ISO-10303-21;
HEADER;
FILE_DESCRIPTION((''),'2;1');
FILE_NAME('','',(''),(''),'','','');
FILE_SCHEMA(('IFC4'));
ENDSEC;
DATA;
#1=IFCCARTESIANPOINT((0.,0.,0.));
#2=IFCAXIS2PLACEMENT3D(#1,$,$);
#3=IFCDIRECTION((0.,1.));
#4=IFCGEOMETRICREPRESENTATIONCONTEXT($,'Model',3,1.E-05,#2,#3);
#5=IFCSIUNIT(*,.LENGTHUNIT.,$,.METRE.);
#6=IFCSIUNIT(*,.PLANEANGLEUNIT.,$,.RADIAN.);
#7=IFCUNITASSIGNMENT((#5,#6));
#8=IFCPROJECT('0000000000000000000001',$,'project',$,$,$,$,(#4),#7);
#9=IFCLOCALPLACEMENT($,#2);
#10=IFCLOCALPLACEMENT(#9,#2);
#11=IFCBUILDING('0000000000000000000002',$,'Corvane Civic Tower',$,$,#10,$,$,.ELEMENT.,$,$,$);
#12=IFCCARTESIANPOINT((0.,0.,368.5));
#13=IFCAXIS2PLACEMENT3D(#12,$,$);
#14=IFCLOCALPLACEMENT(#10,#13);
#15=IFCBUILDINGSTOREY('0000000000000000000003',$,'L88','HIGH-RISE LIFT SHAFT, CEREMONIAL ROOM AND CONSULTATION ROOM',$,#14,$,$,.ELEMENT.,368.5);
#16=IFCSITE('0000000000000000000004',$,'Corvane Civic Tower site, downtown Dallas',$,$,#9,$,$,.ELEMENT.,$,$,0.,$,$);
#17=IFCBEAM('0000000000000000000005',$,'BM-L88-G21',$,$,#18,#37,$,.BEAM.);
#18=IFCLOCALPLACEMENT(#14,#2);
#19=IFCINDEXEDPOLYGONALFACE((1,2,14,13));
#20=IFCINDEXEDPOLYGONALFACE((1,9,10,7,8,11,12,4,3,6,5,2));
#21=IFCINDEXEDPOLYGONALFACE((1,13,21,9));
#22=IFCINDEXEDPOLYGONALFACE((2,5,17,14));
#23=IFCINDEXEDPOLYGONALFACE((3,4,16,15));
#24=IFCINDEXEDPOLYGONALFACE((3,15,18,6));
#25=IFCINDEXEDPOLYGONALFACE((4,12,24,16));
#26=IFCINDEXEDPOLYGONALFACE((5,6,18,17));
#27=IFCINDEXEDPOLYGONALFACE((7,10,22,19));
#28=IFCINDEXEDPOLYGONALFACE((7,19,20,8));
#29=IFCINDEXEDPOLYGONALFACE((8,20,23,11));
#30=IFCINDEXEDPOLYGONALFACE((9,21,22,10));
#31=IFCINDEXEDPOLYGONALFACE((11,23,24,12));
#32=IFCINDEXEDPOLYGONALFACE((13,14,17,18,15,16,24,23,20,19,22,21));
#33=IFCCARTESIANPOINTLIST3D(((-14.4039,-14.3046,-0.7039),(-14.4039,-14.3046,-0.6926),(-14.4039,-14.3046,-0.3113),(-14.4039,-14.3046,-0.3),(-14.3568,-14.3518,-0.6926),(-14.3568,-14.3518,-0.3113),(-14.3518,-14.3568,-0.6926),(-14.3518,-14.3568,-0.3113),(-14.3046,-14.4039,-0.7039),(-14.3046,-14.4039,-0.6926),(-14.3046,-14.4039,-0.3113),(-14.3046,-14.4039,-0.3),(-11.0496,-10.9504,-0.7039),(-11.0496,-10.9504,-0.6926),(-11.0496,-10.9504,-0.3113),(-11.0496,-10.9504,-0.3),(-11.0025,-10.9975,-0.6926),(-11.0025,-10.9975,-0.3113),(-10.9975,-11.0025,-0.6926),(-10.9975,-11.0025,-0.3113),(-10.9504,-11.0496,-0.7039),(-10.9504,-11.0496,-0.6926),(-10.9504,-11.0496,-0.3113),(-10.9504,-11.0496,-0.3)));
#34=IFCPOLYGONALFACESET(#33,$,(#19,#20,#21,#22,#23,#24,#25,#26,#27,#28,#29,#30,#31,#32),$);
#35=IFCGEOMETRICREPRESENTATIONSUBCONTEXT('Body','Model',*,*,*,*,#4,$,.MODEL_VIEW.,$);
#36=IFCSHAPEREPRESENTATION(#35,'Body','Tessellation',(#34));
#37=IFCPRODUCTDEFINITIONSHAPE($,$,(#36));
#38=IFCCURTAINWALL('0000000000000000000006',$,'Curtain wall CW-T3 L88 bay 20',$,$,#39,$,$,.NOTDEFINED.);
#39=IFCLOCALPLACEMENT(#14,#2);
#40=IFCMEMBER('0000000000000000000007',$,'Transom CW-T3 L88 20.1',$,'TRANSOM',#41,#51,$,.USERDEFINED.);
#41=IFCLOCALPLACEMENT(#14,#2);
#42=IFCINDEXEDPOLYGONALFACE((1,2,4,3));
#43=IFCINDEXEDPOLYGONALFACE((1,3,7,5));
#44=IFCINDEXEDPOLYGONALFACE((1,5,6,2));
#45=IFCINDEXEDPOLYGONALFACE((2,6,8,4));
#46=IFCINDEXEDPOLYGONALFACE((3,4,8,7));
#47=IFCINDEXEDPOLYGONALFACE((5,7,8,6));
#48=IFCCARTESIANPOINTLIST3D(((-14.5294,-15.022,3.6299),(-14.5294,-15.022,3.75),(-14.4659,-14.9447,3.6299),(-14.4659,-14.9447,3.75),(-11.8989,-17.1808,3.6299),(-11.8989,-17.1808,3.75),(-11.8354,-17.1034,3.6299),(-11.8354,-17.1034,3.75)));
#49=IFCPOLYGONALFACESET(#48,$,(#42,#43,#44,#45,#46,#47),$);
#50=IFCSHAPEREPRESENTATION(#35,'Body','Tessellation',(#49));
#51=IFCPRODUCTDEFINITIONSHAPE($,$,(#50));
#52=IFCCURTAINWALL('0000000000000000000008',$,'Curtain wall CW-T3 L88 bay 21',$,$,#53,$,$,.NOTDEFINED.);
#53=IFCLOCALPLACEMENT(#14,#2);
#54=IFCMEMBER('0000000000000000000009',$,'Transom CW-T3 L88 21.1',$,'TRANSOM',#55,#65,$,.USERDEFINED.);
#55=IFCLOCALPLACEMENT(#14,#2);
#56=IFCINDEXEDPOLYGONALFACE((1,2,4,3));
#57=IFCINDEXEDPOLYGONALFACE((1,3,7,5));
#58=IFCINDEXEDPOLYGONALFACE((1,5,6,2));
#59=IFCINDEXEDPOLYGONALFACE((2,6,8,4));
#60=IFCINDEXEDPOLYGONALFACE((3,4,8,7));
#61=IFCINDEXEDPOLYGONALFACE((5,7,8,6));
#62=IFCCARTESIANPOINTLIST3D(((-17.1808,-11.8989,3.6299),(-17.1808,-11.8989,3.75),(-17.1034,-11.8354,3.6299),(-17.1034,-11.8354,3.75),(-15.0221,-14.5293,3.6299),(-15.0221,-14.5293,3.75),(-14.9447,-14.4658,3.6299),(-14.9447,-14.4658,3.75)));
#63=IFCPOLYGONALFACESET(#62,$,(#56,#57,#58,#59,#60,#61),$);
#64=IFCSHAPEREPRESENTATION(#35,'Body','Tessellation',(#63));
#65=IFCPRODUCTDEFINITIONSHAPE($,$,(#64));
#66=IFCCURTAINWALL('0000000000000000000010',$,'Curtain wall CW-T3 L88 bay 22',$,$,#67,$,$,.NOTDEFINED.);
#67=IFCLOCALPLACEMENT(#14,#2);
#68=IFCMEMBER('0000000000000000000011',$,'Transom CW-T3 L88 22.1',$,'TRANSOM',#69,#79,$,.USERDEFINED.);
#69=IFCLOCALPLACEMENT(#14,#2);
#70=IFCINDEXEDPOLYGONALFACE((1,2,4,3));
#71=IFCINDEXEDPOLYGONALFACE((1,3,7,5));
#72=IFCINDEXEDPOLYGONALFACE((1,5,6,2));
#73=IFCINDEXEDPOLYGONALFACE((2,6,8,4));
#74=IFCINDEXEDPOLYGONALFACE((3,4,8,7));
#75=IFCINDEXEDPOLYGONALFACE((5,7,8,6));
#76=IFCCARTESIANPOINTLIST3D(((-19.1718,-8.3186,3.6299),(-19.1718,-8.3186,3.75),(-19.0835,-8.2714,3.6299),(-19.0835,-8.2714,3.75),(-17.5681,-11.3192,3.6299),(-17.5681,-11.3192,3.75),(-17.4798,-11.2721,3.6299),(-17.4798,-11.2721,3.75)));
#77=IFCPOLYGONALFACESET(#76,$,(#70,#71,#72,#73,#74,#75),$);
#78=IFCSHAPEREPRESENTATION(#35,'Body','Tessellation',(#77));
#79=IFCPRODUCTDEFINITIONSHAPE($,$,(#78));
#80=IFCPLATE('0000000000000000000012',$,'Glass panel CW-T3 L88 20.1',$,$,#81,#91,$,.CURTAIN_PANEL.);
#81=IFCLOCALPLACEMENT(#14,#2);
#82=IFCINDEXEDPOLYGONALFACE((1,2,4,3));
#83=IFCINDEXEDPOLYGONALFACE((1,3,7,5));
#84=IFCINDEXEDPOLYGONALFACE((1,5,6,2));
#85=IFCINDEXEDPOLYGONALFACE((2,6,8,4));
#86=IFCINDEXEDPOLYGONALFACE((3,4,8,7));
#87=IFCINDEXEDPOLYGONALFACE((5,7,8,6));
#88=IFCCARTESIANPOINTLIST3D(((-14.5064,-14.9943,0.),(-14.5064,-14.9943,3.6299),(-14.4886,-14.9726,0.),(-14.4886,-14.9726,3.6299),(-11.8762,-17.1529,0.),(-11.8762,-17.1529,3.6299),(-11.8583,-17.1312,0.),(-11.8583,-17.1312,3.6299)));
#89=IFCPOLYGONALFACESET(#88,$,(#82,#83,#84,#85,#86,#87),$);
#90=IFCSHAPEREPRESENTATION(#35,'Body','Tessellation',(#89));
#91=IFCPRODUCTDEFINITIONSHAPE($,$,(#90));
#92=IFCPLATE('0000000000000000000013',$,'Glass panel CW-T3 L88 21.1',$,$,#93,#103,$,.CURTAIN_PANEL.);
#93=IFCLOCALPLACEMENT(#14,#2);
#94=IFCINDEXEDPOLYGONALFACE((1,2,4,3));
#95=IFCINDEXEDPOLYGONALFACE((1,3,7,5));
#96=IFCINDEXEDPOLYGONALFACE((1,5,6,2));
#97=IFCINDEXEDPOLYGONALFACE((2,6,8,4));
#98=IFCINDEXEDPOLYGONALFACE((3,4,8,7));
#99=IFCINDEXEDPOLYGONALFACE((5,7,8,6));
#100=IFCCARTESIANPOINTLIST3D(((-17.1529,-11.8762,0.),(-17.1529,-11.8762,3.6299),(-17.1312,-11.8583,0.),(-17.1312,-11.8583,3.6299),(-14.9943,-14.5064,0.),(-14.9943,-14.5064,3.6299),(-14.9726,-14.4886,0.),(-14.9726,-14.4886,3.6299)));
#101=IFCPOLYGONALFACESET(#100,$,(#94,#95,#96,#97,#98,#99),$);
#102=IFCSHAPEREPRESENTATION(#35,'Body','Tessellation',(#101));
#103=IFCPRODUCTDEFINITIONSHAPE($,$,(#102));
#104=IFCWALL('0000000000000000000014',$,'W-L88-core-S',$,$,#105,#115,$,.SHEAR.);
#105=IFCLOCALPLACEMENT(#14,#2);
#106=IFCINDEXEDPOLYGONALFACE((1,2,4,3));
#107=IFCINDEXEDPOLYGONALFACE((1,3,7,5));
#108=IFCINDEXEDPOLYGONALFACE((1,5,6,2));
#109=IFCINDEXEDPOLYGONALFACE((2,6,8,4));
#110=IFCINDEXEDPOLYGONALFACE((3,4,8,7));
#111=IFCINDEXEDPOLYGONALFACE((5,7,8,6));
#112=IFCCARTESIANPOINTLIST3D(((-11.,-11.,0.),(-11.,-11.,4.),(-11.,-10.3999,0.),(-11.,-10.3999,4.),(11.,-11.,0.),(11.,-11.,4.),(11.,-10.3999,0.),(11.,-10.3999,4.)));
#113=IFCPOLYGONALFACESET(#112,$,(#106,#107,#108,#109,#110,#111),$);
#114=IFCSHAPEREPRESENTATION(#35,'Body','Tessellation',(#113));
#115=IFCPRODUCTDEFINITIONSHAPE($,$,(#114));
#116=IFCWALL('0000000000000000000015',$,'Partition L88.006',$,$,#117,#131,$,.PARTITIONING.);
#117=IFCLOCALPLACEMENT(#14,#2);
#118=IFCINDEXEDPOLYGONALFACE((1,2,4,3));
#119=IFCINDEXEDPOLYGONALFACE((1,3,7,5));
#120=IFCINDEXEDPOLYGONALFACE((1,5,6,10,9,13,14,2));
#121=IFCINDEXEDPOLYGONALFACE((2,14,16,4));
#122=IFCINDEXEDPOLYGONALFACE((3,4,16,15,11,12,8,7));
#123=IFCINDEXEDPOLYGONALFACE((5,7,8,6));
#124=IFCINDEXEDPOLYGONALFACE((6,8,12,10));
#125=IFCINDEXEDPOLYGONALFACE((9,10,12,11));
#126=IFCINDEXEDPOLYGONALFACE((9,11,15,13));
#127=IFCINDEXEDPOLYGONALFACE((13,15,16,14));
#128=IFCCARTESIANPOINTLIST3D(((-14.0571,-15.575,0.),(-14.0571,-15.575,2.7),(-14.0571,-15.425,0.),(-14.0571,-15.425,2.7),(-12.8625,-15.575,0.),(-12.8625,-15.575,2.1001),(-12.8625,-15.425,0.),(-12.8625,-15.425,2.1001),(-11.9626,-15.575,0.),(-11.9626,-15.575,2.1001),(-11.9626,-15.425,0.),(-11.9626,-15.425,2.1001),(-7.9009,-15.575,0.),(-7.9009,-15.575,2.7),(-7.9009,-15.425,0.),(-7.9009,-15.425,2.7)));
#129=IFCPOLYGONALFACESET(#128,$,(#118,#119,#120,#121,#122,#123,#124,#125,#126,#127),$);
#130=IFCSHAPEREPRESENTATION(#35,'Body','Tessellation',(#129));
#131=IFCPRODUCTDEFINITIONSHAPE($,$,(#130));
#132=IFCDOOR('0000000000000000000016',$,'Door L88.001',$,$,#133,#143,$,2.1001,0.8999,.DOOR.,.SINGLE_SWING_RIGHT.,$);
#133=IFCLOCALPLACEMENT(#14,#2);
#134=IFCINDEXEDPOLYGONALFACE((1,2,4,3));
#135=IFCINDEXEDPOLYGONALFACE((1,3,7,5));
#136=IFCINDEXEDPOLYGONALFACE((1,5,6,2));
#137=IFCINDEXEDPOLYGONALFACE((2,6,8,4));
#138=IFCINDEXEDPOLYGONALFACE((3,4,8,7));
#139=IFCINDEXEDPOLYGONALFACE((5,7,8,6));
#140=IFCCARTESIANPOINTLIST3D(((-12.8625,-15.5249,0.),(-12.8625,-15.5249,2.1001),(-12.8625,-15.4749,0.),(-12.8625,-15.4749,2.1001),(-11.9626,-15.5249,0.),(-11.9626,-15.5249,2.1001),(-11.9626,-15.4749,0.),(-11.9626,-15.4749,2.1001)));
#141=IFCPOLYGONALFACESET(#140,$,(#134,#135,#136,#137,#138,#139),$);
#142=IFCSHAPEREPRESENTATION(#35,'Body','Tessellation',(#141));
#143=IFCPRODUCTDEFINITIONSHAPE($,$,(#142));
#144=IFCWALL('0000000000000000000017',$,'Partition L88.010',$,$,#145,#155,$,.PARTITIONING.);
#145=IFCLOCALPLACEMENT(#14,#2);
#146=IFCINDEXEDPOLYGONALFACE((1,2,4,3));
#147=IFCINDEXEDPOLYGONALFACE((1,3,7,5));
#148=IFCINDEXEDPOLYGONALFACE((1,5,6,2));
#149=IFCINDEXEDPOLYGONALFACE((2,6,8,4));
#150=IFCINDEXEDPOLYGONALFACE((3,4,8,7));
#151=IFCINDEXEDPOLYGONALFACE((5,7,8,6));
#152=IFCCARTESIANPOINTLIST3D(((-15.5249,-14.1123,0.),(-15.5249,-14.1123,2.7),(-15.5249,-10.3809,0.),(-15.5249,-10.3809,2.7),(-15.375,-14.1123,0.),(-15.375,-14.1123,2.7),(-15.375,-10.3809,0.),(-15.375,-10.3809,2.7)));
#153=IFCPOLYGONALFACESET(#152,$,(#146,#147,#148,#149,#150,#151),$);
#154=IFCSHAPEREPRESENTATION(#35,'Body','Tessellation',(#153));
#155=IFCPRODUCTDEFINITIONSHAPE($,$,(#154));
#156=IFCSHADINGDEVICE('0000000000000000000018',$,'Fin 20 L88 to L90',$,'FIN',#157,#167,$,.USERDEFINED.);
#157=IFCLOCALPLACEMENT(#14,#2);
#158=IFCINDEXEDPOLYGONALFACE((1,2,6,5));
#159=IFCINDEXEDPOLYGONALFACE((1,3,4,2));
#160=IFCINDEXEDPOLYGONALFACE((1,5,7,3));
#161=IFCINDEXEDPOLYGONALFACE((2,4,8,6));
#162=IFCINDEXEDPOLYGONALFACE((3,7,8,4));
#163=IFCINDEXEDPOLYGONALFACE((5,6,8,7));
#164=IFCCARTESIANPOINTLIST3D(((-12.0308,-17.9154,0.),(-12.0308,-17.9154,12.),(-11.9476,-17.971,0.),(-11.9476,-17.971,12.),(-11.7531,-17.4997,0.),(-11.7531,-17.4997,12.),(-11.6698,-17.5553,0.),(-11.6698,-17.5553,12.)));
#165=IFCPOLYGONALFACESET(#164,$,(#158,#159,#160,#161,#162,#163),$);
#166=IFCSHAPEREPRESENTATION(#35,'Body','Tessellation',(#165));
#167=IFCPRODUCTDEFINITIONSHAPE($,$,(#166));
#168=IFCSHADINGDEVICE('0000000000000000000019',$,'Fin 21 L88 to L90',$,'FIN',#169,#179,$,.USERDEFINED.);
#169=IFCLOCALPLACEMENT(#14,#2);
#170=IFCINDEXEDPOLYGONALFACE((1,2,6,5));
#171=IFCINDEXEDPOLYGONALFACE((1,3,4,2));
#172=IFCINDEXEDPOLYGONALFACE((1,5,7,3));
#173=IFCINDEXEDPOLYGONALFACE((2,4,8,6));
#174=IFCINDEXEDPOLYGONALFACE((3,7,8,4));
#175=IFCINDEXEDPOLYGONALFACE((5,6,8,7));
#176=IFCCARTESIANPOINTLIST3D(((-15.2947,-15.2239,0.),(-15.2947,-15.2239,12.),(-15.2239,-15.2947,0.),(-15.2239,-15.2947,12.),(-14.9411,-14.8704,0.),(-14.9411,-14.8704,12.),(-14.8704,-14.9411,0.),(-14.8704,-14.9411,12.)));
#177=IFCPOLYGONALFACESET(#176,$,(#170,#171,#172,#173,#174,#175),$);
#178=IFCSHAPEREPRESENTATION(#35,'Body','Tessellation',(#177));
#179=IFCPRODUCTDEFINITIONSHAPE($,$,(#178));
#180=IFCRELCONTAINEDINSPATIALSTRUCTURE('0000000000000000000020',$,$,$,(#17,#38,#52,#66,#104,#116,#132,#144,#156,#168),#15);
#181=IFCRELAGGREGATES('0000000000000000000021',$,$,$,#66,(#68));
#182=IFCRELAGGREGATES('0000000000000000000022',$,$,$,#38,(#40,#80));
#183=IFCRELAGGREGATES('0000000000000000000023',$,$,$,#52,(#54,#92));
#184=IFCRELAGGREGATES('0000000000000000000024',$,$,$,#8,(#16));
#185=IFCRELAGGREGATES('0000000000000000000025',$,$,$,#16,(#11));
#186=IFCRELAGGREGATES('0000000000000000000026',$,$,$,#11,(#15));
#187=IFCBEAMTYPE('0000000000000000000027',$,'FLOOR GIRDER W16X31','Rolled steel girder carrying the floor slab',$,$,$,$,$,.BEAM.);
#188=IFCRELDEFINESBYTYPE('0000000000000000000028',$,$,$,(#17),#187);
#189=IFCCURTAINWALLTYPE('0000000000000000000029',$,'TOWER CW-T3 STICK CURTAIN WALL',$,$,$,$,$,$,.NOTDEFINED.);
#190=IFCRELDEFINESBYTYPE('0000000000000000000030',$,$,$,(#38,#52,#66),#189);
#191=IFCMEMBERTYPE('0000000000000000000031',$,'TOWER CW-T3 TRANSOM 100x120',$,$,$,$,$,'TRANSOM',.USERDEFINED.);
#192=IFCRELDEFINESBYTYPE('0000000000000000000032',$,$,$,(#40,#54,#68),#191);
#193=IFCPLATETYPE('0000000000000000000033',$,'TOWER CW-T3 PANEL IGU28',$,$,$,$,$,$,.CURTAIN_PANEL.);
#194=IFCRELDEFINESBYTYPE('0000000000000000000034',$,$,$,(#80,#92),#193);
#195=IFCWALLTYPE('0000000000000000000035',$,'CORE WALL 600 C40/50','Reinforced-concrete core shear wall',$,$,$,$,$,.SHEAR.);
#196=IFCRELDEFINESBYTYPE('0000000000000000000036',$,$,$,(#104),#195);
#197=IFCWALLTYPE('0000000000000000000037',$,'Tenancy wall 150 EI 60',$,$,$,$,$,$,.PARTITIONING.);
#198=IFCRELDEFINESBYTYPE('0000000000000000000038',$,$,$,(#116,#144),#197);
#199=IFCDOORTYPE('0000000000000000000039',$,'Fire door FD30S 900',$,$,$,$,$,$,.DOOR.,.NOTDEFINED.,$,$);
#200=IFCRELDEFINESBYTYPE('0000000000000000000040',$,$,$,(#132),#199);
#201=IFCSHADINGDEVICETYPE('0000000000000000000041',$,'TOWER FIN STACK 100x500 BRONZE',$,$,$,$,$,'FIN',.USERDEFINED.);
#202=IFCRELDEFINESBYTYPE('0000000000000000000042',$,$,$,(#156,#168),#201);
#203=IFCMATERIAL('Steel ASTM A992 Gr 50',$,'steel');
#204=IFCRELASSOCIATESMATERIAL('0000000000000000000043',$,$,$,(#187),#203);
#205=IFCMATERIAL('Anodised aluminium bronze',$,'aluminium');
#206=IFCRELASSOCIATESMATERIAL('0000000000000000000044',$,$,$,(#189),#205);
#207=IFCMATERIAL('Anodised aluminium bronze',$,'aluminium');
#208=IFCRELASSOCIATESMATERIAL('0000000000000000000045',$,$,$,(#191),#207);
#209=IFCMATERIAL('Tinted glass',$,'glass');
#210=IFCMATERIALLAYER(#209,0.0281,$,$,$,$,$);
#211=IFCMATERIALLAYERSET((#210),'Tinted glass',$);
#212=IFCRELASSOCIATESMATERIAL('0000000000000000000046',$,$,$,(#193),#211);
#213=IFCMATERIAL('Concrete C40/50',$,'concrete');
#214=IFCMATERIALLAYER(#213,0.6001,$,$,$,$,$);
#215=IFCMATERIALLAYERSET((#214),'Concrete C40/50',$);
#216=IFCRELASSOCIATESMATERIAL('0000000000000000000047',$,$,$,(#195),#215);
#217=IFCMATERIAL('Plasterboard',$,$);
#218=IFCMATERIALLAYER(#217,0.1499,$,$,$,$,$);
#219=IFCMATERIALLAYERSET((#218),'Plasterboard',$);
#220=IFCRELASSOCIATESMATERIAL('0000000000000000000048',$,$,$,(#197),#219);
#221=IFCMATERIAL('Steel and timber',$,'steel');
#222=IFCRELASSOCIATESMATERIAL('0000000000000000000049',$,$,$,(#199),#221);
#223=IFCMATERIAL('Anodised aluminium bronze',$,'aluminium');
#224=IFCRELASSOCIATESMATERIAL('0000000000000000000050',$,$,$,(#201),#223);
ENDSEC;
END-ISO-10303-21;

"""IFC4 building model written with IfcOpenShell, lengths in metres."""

from ifc_helpers import new_model, si_unit, direction, frame, frame_2d, origin, origin_2d, place, context, subcontext, project, spatial, rectangle, i_section, extrude, material, layer, layer_set, material_profile, profile_set, type_object, element, fill, aggregate, save


model = new_model("IFC4")

# Units and contexts
model_context = context("Model", 3, precision=1e-05, world=origin(), true_north=direction((0.0, 1.0)))
body_context = subcontext(model_context, "Body", "Model", "MODEL_VIEW")
ifc_project = project(units=[si_unit("LENGTHUNIT", "METRE"), si_unit("PLANEANGLEUNIT", "RADIAN")], contexts=[model_context])

# Site, building, storey
site_placement = place(None, origin())
site = spatial("IfcSite", under=ifc_project, at=site_placement, Name="Corvane Civic Tower site, downtown Dallas", CompositionType="ELEMENT", RefElevation=0.0)
building_placement = place(site_placement, origin())
building = spatial("IfcBuilding", under=site, at=building_placement, Name="Corvane Civic Tower", CompositionType="ELEMENT")
storey_placement = place(building_placement, frame((0.0, 0.0, 368.5)))
storey = spatial("IfcBuildingStorey", under=building, at=storey_placement, Name="L88", Description="HIGH-RISE LIFT SHAFT, CEREMONIAL ROOM AND CONSULTATION ROOM", CompositionType="ELEMENT", Elevation=368.5)

# Beam
ifc_material_1 = material(Name="Steel ASTM A992 Gr 50", Category="steel")
ifc_material_profile_1 = material_profile(ifc_material_1, i_section(OverallWidth=0.1404, OverallDepth=0.4038, WebThickness=0.0071, FlangeThickness=0.0112, at=origin_2d()), Name="W16X31")
ifc_profile_set_1 = profile_set([ifc_material_profile_1], Name="Steel ASTM A992 Gr 50")
beam_type_1 = type_object("IfcBeamType", Name="FLOOR GIRDER W16X31", Description="Rolled steel girder carrying the floor slab", PredefinedType="BEAM", material=ifc_profile_set_1)
beam_placement = place(storey_placement, frame((-11.0, -11.0, -0.502), z_axis=(-0.707107, -0.707107, 0.0), x_axis=(0.707107, -0.707107, 0.0)))
element("IfcBeam", 1, at=beam_placement, inside=storey, type_object=beam_type_1, Name="BM-L88-G21", PredefinedType="BEAM", context=body_context, shape_type="SweptSolid", body=[
    extrude(i_section(OverallWidth=0.1404, OverallDepth=0.4038, WebThickness=0.0071, FlangeThickness=0.0112, at=origin_2d()), origin(), (0.0, 0.0, 1.0), 4.7437),
])

# Curtain walls, members
ifc_material_2 = material(Name="Anodised aluminium bronze", Category="aluminium")
curtain_wall_type = type_object("IfcCurtainWallType", Name="TOWER CW-T3 STICK CURTAIN WALL", PredefinedType="NOTDEFINED", material=ifc_material_2)
curtain_wall_1_placement = place(storey_placement, origin())
curtain_wall_1 = element("IfcCurtainWall", 2, at=curtain_wall_1_placement, inside=storey, type_object=curtain_wall_type, Name="Curtain wall CW-T3 L88 bay 20", PredefinedType="NOTDEFINED")
ifc_material_3 = material(Name="Anodised aluminium bronze", Category="aluminium")
ifc_material_profile_2 = material_profile(ifc_material_3, rectangle(XDim=0.1001, YDim=0.1201, at=origin_2d()), Name="TOWER CW-T3 TRANSOM 100x120")
ifc_profile_set_2 = profile_set([ifc_material_profile_2], Name="Anodised aluminium bronze")
member_type = type_object("IfcMemberType", Name="TOWER CW-T3 TRANSOM 100x120", ElementType="TRANSOM", PredefinedType="USERDEFINED", material=ifc_profile_set_2)
member_1_placement = place(storey_placement, frame((-11.8672, -17.1421, 3.6899), z_axis=(-0.77301, 0.634394, 0.0), x_axis=(-0.634394, -0.77301, 0.0)))
member_1 = element("IfcMember", 3, at=member_1_placement, type_object=member_type, Name="Transom CW-T3 L88 20.1", ObjectType="TRANSOM", PredefinedType="USERDEFINED", context=body_context, shape_type="SweptSolid", body=[
    extrude(rectangle(XDim=0.1001, YDim=0.1201, at=origin_2d()), origin(), (0.0, 0.0, 1.0), 3.4028),
])
curtain_wall_2_placement = place(storey_placement, origin())
curtain_wall_2 = element("IfcCurtainWall", 4, at=curtain_wall_2_placement, inside=storey, type_object=curtain_wall_type, Name="Curtain wall CW-T3 L88 bay 21", PredefinedType="NOTDEFINED")
member_2_placement = place(storey_placement, frame((-14.9834, -14.4976, 3.6899), z_axis=(-0.634394, 0.77301, 0.0), x_axis=(-0.77301, -0.634394, 0.0)))
member_2 = element("IfcMember", 5, at=member_2_placement, type_object=member_type, Name="Transom CW-T3 L88 21.1", ObjectType="TRANSOM", PredefinedType="USERDEFINED", context=body_context, shape_type="SweptSolid", body=[
    extrude(rectangle(XDim=0.1001, YDim=0.1201, at=origin_2d()), origin(), (0.0, 0.0, 1.0), 3.4028),
])
curtain_wall_3_placement = place(storey_placement, origin())
curtain_wall_3 = element("IfcCurtainWall", 6, at=curtain_wall_3_placement, inside=storey, type_object=curtain_wall_type, Name="Curtain wall CW-T3 L88 bay 22", PredefinedType="NOTDEFINED")
member_3_placement = place(storey_placement, frame((-17.5239, -11.2957, 3.6899), z_axis=(-0.471359, 0.881941, 0.0), x_axis=(-0.881941, -0.471359, 0.0)))
member_3 = element("IfcMember", 7, at=member_3_placement, type_object=member_type, Name="Transom CW-T3 L88 22.1", ObjectType="TRANSOM", PredefinedType="USERDEFINED", context=body_context, shape_type="SweptSolid", body=[
    extrude(rectangle(XDim=0.1001, YDim=0.1201, at=origin_2d()), origin(), (0.0, 0.0, 1.0), 3.4023),
])
aggregate(curtain_wall_3, [member_3])

# Plates
ifc_material_4 = material(Name="Tinted glass", Category="glass")
ifc_layer_1 = layer(ifc_material_4, 0.0281)
ifc_layer_set_1 = layer_set([ifc_layer_1], Name="Tinted glass")
plate_type = type_object("IfcPlateType", Name="TOWER CW-T3 PANEL IGU28", PredefinedType="CURTAIN_PANEL", material=ifc_layer_set_1)
plate_1_placement = place(storey_placement, frame((-13.1824, -16.0627, 0.0), z_axis=(0.0, 0.0, 1.0), x_axis=(-0.77301, 0.634393, 0.0)))
plate_1 = element("IfcPlate", 8, at=plate_1_placement, type_object=plate_type, Name="Glass panel CW-T3 L88 20.1", PredefinedType="CURTAIN_PANEL", context=body_context, shape_type="SweptSolid", body=[
    extrude(rectangle(XDim=3.4026, YDim=0.0281, at=origin_2d()), origin(), (0.0, 0.0, 1.0), 3.6299),
])
aggregate(curtain_wall_1, [member_1, plate_1])
plate_2_placement = place(storey_placement, frame((-16.0627, -13.1824, 0.0), z_axis=(0.0, 0.0, 1.0), x_axis=(-0.634393, 0.77301, 0.0)))
plate_2 = element("IfcPlate", 9, at=plate_2_placement, type_object=plate_type, Name="Glass panel CW-T3 L88 21.1", PredefinedType="CURTAIN_PANEL", context=body_context, shape_type="SweptSolid", body=[
    extrude(rectangle(XDim=3.4026, YDim=0.0281, at=origin_2d()), origin(), (0.0, 0.0, 1.0), 3.6299),
])
aggregate(curtain_wall_2, [member_2, plate_2])

# Wall
ifc_material_5 = material(Name="Concrete C40/50", Category="concrete")
ifc_layer_2 = layer(ifc_material_5, 0.6001)
ifc_layer_set_2 = layer_set([ifc_layer_2], Name="Concrete C40/50")
wall_type_1 = type_object("IfcWallType", Name="CORE WALL 600 C40/50", Description="Reinforced-concrete core shear wall", PredefinedType="SHEAR", material=ifc_layer_set_2)
wall_1_placement = place(storey_placement, frame((-11.0, -10.7, 0.0), z_axis=(0.0, 0.0, 1.0), x_axis=(1.0, 0.0, 0.0)))
element("IfcWall", 10, at=wall_1_placement, inside=storey, type_object=wall_type_1, Name="W-L88-core-S", PredefinedType="SHEAR", context=body_context, shape_type="SweptSolid", body=[
    extrude(rectangle(XDim=22.0, YDim=0.6001, at=frame_2d((11.0, 0.0))), origin(), (0.0, 0.0, 1.0), 4.0),
])

# Wall, opening, door
ifc_material_6 = material(Name="Plasterboard")
ifc_layer_3 = layer(ifc_material_6, 0.1499)
ifc_layer_set_3 = layer_set([ifc_layer_3], Name="Plasterboard")
wall_type_2 = type_object("IfcWallType", Name="Tenancy wall 150 EI 60", PredefinedType="PARTITIONING", material=ifc_layer_set_3)
wall_2_placement = place(storey_placement, frame((-14.0571, -15.5, 0.0), z_axis=(0.0, 0.0, 1.0), x_axis=(1.0, 0.0, 0.0)))
wall_2 = element("IfcWall", 11, at=wall_2_placement, inside=storey, type_object=wall_type_2, Name="Partition L88.006", PredefinedType="PARTITIONING", context=body_context, shape_type="SweptSolid", body=[
    extrude(rectangle(XDim=6.1562, YDim=0.1499, at=frame_2d((3.0781, 0.0))), origin(), (0.0, 0.0, 1.0), 2.7),
])
opening_placement = place(wall_2_placement, frame((1.1946, 0.0, 0.0)))
opening = element("IfcOpeningElement", 12, at=opening_placement, cuts=wall_2, PredefinedType="OPENING", context=body_context, shape_type="SweptSolid", body=[
    extrude(rectangle(XDim=0.8999, YDim=2.1001, at=frame_2d((0.45, 1.05))), frame((0.0, 0.085, 0.0), z_axis=(0.0, -1.0, 0.0), x_axis=(1.0, 0.0, 0.0)), (0.0, 0.0, 1.0), 0.1699),
])
ifc_material_7 = material(Name="Steel and timber", Category="steel")
door_type = type_object("IfcDoorType", Name="Fire door FD30S 900", OperationType="NOTDEFINED", PredefinedType="DOOR", material=ifc_material_7)
door_placement = place(opening_placement, frame((0.8999, 0.0, 0.0), z_axis=(0.0, 0.0, 1.0), x_axis=(-1.0, 0.0, 0.0)))
door = element("IfcDoor", 13, at=door_placement, inside=storey, type_object=door_type, Name="Door L88.001", OperationType="SINGLE_SWING_RIGHT", OverallHeight=2.1001, OverallWidth=0.8999, PredefinedType="DOOR", context=body_context, shape_type="SweptSolid", body=[
    extrude(rectangle(XDim=0.8999, YDim=2.1001, at=frame_2d((0.45, 1.05))), frame((0.0, 0.0249, 0.0), z_axis=(0.0, -1.0, 0.0), x_axis=(1.0, 0.0, 0.0)), (0.0, 0.0, 1.0), 0.05),
])
fill(opening, door)

# Wall
wall_3_placement = place(storey_placement, frame((-15.45, -14.1123, 0.0), z_axis=(0.0, 0.0, 1.0), x_axis=(0.0, 1.0, 0.0)))
element("IfcWall", 14, at=wall_3_placement, inside=storey, type_object=wall_type_2, Name="Partition L88.010", PredefinedType="PARTITIONING", context=body_context, shape_type="SweptSolid", body=[
    extrude(rectangle(XDim=3.7314, YDim=0.1499, at=frame_2d((1.8657, 0.0))), origin(), (0.0, 0.0, 1.0), 2.7),
])

# Shading devices
ifc_material_8 = material(Name="Anodised aluminium bronze", Category="aluminium")
ifc_material_profile_3 = material_profile(ifc_material_8, rectangle(XDim=0.1001, YDim=0.5, at=origin_2d()), Name="TOWER FIN STACK 100x500 BRONZE")
ifc_profile_set_3 = profile_set([ifc_material_profile_3], Name="Anodised aluminium bronze")
shading_device_type = type_object("IfcShadingDeviceType", Name="TOWER FIN STACK 100x500 BRONZE", ElementType="FIN", PredefinedType="USERDEFINED", material=ifc_profile_set_3)
for number, where, z_axis, x_axis, name in (
    (15, (-11.8503, -17.7354, 0.0), (0.0, 0.0, 1.0), (-0.83147, 0.55557, 0.0), "Fin 20 L88 to L90"),
    (16, (-15.0825, -15.0825, 0.0), (0.0, 0.0, 1.0), (-0.707107, 0.707107, 0.0), "Fin 21 L88 to L90"),
):
    element("IfcShadingDevice", number, at=place(storey_placement, frame(where, z_axis=z_axis, x_axis=x_axis)), inside=storey, type_object=shading_device_type, Name=name, ObjectType="FIN", PredefinedType="USERDEFINED", context=body_context, shape_type="SweptSolid", body=[
        extrude(rectangle(XDim=0.1001, YDim=0.5, at=origin_2d()), origin(), (0.0, 0.0, 1.0), 12.0),
    ])

save(model, "model.ifc")
